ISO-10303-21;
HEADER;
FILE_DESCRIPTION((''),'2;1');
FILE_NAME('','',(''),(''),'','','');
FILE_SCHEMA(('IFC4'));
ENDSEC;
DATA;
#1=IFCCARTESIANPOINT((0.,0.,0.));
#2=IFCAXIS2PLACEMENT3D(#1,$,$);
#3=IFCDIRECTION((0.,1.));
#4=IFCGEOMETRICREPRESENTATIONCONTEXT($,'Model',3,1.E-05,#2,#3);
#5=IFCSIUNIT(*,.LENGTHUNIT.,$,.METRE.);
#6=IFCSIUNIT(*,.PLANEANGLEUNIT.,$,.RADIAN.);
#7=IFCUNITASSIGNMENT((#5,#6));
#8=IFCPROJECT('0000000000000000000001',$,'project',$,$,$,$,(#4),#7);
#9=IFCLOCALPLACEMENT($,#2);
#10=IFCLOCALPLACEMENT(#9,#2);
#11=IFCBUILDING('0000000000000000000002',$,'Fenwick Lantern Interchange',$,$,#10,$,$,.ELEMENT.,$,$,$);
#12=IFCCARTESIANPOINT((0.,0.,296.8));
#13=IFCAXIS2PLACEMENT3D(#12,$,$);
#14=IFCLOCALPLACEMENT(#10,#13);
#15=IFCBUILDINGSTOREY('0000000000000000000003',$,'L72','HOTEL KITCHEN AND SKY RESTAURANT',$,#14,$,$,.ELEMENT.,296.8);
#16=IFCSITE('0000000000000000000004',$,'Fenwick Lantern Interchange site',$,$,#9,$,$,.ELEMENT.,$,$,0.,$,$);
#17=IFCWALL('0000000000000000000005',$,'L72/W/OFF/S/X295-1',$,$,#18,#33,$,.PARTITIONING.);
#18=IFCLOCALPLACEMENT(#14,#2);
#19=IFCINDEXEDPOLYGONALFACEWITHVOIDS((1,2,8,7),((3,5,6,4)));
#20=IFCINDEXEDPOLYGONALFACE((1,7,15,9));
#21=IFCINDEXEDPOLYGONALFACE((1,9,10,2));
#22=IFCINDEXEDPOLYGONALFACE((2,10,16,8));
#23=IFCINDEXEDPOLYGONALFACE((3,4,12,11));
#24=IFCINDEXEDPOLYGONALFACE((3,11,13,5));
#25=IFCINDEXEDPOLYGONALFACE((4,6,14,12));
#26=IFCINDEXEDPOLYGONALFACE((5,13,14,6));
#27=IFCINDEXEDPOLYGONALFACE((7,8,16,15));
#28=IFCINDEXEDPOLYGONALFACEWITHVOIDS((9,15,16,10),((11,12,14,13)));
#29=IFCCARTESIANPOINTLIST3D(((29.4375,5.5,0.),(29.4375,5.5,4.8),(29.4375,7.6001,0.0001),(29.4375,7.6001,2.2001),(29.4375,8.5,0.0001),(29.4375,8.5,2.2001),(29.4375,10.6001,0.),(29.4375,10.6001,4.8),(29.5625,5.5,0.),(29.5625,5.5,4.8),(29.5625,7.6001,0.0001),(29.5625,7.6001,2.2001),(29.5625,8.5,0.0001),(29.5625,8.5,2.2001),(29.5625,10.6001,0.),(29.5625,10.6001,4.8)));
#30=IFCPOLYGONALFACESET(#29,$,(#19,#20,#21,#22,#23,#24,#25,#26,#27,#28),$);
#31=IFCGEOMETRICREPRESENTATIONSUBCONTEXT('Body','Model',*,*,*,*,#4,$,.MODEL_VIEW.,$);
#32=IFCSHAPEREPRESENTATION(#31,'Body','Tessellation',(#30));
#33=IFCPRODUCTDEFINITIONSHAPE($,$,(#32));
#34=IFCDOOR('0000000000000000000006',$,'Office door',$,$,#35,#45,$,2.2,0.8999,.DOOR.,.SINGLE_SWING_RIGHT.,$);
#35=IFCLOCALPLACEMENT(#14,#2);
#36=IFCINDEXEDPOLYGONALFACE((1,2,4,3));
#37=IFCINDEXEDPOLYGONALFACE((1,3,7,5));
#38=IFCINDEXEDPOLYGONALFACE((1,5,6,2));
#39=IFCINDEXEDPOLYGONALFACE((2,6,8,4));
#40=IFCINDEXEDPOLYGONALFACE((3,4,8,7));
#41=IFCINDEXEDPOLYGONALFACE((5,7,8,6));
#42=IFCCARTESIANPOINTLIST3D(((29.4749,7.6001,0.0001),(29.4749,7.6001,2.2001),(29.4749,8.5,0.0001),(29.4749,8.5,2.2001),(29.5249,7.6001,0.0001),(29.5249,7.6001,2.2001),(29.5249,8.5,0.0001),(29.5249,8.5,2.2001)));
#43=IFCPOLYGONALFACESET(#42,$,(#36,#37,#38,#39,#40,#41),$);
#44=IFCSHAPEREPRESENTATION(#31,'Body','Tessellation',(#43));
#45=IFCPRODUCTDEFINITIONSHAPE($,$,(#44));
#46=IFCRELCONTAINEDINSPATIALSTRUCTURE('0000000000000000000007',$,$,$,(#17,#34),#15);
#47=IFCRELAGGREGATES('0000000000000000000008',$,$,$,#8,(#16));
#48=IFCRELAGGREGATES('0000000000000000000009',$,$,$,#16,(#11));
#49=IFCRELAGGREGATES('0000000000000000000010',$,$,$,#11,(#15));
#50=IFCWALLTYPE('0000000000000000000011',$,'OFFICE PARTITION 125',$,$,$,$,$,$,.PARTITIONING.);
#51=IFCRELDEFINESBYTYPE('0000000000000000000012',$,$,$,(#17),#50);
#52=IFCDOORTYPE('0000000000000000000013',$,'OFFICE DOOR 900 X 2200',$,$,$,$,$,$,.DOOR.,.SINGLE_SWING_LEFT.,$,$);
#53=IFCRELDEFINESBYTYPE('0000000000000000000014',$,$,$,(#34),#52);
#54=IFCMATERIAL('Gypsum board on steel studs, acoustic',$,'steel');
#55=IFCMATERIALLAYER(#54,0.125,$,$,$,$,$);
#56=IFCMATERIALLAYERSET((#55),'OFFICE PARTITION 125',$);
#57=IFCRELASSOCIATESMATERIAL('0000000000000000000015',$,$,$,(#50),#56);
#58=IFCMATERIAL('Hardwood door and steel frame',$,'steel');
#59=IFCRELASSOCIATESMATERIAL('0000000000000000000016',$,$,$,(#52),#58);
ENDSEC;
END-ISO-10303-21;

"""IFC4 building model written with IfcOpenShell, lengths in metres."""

from ifc_helpers import new_model, si_unit, direction, frame, frame_2d, origin, place, context, subcontext, project, spatial, rectangle, extrude, material, layer, layer_set, type_object, element, fill, save


model = new_model("IFC4")

# Units and contexts
model_context = context("Model", 3, precision=1e-05, world=origin(), true_north=direction((0.0, 1.0)))
body_context = subcontext(model_context, "Body", "Model", "MODEL_VIEW")
ifc_project = project(units=[si_unit("LENGTHUNIT", "METRE"), si_unit("PLANEANGLEUNIT", "RADIAN")], contexts=[model_context])

# Site, building, storey
site_placement = place(None, origin())
site = spatial("IfcSite", under=ifc_project, at=site_placement, Name="Fenwick Lantern Interchange site", CompositionType="ELEMENT", RefElevation=0.0)
building_placement = place(site_placement, origin())
building = spatial("IfcBuilding", under=site, at=building_placement, Name="Fenwick Lantern Interchange", CompositionType="ELEMENT")
storey_placement = place(building_placement, frame((0.0, 0.0, 296.8)))
storey = spatial("IfcBuildingStorey", under=building, at=storey_placement, Name="L72", Description="HOTEL KITCHEN AND SKY RESTAURANT", CompositionType="ELEMENT", Elevation=296.8)

# Wall, opening, door
ifc_material_1 = material(Name="Gypsum board on steel studs, acoustic", Category="steel")
ifc_layer_1 = layer(ifc_material_1, 0.125)
ifc_layer_set_1 = layer_set([ifc_layer_1], Name="OFFICE PARTITION 125")
wall_type_1 = type_object("IfcWallType", Name="OFFICE PARTITION 125", PredefinedType="PARTITIONING", material=ifc_layer_set_1)
wall_1_placement = place(storey_placement, frame((29.5, 5.5, 0.0), z_axis=(0.0, 0.0, 1.0), x_axis=(0.0, 1.0, 0.0)))
wall_1 = element("IfcWall", 1, at=wall_1_placement, inside=storey, type_object=wall_type_1, Name="L72/W/OFF/S/X295-1", PredefinedType="PARTITIONING", context=body_context, shape_type="SweptSolid", body=[
    extrude(rectangle(XDim=5.1001, YDim=0.125, at=frame_2d((2.55, 0.0))), origin(), (0.0, 0.0, 1.0), 4.8),
])
opening_1_placement = place(wall_1_placement, frame((2.1001, 0.0, 0.0)))
opening_1 = element("IfcOpeningElement", 2, at=opening_1_placement, cuts=wall_1, PredefinedType="OPENING", context=body_context, shape_type="SweptSolid", body=[
    extrude(rectangle(XDim=0.8999, YDim=2.2, at=frame_2d((0.45, 1.1001))), frame((0.0, 0.0725, 0.0), z_axis=(0.0, -1.0, 0.0), x_axis=(1.0, 0.0, 0.0)), (0.0, 0.0, 1.0), 0.145),
])
ifc_material_2 = material(Name="Hardwood door and steel frame", Category="steel")
door_type_1 = type_object("IfcDoorType", Name="OFFICE DOOR 900 X 2200", OperationType="SINGLE_SWING_LEFT", PredefinedType="DOOR", material=ifc_material_2)
door_1_placement = place(opening_1_placement, frame((0.8999, 0.0, 0.0), z_axis=(0.0, 0.0, 1.0), x_axis=(-1.0, 0.0, 0.0)))
door_1 = element("IfcDoor", 3, at=door_1_placement, inside=storey, type_object=door_type_1, Name="Office door", OperationType="SINGLE_SWING_RIGHT", OverallHeight=2.2, OverallWidth=0.8999, PredefinedType="DOOR", context=body_context, shape_type="SweptSolid", body=[
    extrude(rectangle(XDim=0.8999, YDim=2.2, at=frame_2d((0.45, 1.1001))), frame((0.0, 0.0249, 0.0), z_axis=(0.0, -1.0, 0.0), x_axis=(1.0, 0.0, 0.0)), (0.0, 0.0, 1.0), 0.05),
])
fill(opening_1, door_1)

save(model, "model.ifc")
